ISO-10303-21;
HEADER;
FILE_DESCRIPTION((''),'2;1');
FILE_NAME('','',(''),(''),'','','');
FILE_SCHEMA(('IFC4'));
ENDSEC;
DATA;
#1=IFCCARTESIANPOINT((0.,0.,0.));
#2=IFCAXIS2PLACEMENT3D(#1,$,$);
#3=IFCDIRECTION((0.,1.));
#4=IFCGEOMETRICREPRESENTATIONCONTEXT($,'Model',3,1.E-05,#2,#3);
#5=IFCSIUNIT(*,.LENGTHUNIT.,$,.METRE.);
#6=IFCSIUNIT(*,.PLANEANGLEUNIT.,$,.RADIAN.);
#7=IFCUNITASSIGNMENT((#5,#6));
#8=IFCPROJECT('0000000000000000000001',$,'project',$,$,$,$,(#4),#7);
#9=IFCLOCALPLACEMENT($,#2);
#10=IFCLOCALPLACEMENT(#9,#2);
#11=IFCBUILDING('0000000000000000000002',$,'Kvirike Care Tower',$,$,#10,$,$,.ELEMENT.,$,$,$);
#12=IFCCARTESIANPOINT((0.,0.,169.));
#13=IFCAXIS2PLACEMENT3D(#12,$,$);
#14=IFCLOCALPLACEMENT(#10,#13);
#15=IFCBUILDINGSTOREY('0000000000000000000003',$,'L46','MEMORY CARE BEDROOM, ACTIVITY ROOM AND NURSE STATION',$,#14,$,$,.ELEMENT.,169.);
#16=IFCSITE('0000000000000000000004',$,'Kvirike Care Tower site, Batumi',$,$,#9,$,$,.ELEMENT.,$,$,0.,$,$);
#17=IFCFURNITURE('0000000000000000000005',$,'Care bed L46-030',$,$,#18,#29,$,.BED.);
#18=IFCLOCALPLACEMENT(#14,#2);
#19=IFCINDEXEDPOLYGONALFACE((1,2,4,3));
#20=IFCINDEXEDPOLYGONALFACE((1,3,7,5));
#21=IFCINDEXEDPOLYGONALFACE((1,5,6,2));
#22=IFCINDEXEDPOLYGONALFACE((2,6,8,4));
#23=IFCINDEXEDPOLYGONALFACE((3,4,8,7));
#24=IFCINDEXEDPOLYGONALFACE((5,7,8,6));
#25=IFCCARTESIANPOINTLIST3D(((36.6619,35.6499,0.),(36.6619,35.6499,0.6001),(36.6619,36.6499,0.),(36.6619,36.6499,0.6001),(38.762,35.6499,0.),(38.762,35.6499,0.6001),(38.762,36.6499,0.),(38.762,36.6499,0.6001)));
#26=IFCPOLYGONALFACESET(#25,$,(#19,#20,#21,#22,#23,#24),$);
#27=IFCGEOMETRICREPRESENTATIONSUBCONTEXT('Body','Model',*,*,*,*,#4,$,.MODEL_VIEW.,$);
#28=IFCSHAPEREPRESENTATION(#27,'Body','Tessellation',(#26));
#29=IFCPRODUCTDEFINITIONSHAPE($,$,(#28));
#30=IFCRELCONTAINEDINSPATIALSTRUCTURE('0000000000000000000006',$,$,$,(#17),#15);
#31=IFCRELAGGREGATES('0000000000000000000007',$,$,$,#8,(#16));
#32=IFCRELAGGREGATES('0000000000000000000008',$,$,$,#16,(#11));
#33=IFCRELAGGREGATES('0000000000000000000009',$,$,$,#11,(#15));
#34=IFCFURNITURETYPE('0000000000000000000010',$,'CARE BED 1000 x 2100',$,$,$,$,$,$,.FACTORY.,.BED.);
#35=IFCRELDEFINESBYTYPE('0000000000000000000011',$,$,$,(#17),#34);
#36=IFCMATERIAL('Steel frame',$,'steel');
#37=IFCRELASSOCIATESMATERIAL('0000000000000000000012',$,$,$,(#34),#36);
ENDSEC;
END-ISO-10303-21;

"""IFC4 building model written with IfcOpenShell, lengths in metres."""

from ifc_helpers import new_model, si_unit, direction, frame, origin, origin_2d, place, context, subcontext, project, spatial, rectangle, extrude, material, type_object, element, save


model = new_model("IFC4")

# Units and contexts
model_context = context("Model", 3, precision=1e-05, world=origin(), true_north=direction((0.0, 1.0)))
body_context = subcontext(model_context, "Body", "Model", "MODEL_VIEW")
ifc_project = project(units=[si_unit("LENGTHUNIT", "METRE"), si_unit("PLANEANGLEUNIT", "RADIAN")], contexts=[model_context])

# Site, building, storey
site_placement = place(None, origin())
site = spatial("IfcSite", under=ifc_project, at=site_placement, Name="Kvirike Care Tower site, Batumi", CompositionType="ELEMENT", RefElevation=0.0)
building_placement = place(site_placement, origin())
building = spatial("IfcBuilding", under=site, at=building_placement, Name="Kvirike Care Tower", CompositionType="ELEMENT")
storey_placement = place(building_placement, frame((0.0, 0.0, 169.0)))
storey = spatial("IfcBuildingStorey", under=building, at=storey_placement, Name="L46", Description="MEMORY CARE BEDROOM, ACTIVITY ROOM AND NURSE STATION", CompositionType="ELEMENT", Elevation=169.0)

# Furniture
ifc_material_1 = material(Name="Steel frame", Category="steel")
furniture_type = type_object("IfcFurnitureType", Name="CARE BED 1000 x 2100", AssemblyPlace="FACTORY", PredefinedType="BED", material=ifc_material_1)
furniture_placement = place(storey_placement, frame((37.7119, 36.1499, 0.0), z_axis=(0.0, 0.0, 1.0), x_axis=(0.0, 1.0, 0.0)))
element("IfcFurniture", 1, at=furniture_placement, inside=storey, type_object=furniture_type, Name="Care bed L46-030", PredefinedType="BED", context=body_context, shape_type="SweptSolid", body=[
    extrude(rectangle(XDim=1.0, YDim=2.1001, at=origin_2d()), origin(), (0.0, 0.0, 1.0), 0.6001),
])

save(model, "model.ifc")
